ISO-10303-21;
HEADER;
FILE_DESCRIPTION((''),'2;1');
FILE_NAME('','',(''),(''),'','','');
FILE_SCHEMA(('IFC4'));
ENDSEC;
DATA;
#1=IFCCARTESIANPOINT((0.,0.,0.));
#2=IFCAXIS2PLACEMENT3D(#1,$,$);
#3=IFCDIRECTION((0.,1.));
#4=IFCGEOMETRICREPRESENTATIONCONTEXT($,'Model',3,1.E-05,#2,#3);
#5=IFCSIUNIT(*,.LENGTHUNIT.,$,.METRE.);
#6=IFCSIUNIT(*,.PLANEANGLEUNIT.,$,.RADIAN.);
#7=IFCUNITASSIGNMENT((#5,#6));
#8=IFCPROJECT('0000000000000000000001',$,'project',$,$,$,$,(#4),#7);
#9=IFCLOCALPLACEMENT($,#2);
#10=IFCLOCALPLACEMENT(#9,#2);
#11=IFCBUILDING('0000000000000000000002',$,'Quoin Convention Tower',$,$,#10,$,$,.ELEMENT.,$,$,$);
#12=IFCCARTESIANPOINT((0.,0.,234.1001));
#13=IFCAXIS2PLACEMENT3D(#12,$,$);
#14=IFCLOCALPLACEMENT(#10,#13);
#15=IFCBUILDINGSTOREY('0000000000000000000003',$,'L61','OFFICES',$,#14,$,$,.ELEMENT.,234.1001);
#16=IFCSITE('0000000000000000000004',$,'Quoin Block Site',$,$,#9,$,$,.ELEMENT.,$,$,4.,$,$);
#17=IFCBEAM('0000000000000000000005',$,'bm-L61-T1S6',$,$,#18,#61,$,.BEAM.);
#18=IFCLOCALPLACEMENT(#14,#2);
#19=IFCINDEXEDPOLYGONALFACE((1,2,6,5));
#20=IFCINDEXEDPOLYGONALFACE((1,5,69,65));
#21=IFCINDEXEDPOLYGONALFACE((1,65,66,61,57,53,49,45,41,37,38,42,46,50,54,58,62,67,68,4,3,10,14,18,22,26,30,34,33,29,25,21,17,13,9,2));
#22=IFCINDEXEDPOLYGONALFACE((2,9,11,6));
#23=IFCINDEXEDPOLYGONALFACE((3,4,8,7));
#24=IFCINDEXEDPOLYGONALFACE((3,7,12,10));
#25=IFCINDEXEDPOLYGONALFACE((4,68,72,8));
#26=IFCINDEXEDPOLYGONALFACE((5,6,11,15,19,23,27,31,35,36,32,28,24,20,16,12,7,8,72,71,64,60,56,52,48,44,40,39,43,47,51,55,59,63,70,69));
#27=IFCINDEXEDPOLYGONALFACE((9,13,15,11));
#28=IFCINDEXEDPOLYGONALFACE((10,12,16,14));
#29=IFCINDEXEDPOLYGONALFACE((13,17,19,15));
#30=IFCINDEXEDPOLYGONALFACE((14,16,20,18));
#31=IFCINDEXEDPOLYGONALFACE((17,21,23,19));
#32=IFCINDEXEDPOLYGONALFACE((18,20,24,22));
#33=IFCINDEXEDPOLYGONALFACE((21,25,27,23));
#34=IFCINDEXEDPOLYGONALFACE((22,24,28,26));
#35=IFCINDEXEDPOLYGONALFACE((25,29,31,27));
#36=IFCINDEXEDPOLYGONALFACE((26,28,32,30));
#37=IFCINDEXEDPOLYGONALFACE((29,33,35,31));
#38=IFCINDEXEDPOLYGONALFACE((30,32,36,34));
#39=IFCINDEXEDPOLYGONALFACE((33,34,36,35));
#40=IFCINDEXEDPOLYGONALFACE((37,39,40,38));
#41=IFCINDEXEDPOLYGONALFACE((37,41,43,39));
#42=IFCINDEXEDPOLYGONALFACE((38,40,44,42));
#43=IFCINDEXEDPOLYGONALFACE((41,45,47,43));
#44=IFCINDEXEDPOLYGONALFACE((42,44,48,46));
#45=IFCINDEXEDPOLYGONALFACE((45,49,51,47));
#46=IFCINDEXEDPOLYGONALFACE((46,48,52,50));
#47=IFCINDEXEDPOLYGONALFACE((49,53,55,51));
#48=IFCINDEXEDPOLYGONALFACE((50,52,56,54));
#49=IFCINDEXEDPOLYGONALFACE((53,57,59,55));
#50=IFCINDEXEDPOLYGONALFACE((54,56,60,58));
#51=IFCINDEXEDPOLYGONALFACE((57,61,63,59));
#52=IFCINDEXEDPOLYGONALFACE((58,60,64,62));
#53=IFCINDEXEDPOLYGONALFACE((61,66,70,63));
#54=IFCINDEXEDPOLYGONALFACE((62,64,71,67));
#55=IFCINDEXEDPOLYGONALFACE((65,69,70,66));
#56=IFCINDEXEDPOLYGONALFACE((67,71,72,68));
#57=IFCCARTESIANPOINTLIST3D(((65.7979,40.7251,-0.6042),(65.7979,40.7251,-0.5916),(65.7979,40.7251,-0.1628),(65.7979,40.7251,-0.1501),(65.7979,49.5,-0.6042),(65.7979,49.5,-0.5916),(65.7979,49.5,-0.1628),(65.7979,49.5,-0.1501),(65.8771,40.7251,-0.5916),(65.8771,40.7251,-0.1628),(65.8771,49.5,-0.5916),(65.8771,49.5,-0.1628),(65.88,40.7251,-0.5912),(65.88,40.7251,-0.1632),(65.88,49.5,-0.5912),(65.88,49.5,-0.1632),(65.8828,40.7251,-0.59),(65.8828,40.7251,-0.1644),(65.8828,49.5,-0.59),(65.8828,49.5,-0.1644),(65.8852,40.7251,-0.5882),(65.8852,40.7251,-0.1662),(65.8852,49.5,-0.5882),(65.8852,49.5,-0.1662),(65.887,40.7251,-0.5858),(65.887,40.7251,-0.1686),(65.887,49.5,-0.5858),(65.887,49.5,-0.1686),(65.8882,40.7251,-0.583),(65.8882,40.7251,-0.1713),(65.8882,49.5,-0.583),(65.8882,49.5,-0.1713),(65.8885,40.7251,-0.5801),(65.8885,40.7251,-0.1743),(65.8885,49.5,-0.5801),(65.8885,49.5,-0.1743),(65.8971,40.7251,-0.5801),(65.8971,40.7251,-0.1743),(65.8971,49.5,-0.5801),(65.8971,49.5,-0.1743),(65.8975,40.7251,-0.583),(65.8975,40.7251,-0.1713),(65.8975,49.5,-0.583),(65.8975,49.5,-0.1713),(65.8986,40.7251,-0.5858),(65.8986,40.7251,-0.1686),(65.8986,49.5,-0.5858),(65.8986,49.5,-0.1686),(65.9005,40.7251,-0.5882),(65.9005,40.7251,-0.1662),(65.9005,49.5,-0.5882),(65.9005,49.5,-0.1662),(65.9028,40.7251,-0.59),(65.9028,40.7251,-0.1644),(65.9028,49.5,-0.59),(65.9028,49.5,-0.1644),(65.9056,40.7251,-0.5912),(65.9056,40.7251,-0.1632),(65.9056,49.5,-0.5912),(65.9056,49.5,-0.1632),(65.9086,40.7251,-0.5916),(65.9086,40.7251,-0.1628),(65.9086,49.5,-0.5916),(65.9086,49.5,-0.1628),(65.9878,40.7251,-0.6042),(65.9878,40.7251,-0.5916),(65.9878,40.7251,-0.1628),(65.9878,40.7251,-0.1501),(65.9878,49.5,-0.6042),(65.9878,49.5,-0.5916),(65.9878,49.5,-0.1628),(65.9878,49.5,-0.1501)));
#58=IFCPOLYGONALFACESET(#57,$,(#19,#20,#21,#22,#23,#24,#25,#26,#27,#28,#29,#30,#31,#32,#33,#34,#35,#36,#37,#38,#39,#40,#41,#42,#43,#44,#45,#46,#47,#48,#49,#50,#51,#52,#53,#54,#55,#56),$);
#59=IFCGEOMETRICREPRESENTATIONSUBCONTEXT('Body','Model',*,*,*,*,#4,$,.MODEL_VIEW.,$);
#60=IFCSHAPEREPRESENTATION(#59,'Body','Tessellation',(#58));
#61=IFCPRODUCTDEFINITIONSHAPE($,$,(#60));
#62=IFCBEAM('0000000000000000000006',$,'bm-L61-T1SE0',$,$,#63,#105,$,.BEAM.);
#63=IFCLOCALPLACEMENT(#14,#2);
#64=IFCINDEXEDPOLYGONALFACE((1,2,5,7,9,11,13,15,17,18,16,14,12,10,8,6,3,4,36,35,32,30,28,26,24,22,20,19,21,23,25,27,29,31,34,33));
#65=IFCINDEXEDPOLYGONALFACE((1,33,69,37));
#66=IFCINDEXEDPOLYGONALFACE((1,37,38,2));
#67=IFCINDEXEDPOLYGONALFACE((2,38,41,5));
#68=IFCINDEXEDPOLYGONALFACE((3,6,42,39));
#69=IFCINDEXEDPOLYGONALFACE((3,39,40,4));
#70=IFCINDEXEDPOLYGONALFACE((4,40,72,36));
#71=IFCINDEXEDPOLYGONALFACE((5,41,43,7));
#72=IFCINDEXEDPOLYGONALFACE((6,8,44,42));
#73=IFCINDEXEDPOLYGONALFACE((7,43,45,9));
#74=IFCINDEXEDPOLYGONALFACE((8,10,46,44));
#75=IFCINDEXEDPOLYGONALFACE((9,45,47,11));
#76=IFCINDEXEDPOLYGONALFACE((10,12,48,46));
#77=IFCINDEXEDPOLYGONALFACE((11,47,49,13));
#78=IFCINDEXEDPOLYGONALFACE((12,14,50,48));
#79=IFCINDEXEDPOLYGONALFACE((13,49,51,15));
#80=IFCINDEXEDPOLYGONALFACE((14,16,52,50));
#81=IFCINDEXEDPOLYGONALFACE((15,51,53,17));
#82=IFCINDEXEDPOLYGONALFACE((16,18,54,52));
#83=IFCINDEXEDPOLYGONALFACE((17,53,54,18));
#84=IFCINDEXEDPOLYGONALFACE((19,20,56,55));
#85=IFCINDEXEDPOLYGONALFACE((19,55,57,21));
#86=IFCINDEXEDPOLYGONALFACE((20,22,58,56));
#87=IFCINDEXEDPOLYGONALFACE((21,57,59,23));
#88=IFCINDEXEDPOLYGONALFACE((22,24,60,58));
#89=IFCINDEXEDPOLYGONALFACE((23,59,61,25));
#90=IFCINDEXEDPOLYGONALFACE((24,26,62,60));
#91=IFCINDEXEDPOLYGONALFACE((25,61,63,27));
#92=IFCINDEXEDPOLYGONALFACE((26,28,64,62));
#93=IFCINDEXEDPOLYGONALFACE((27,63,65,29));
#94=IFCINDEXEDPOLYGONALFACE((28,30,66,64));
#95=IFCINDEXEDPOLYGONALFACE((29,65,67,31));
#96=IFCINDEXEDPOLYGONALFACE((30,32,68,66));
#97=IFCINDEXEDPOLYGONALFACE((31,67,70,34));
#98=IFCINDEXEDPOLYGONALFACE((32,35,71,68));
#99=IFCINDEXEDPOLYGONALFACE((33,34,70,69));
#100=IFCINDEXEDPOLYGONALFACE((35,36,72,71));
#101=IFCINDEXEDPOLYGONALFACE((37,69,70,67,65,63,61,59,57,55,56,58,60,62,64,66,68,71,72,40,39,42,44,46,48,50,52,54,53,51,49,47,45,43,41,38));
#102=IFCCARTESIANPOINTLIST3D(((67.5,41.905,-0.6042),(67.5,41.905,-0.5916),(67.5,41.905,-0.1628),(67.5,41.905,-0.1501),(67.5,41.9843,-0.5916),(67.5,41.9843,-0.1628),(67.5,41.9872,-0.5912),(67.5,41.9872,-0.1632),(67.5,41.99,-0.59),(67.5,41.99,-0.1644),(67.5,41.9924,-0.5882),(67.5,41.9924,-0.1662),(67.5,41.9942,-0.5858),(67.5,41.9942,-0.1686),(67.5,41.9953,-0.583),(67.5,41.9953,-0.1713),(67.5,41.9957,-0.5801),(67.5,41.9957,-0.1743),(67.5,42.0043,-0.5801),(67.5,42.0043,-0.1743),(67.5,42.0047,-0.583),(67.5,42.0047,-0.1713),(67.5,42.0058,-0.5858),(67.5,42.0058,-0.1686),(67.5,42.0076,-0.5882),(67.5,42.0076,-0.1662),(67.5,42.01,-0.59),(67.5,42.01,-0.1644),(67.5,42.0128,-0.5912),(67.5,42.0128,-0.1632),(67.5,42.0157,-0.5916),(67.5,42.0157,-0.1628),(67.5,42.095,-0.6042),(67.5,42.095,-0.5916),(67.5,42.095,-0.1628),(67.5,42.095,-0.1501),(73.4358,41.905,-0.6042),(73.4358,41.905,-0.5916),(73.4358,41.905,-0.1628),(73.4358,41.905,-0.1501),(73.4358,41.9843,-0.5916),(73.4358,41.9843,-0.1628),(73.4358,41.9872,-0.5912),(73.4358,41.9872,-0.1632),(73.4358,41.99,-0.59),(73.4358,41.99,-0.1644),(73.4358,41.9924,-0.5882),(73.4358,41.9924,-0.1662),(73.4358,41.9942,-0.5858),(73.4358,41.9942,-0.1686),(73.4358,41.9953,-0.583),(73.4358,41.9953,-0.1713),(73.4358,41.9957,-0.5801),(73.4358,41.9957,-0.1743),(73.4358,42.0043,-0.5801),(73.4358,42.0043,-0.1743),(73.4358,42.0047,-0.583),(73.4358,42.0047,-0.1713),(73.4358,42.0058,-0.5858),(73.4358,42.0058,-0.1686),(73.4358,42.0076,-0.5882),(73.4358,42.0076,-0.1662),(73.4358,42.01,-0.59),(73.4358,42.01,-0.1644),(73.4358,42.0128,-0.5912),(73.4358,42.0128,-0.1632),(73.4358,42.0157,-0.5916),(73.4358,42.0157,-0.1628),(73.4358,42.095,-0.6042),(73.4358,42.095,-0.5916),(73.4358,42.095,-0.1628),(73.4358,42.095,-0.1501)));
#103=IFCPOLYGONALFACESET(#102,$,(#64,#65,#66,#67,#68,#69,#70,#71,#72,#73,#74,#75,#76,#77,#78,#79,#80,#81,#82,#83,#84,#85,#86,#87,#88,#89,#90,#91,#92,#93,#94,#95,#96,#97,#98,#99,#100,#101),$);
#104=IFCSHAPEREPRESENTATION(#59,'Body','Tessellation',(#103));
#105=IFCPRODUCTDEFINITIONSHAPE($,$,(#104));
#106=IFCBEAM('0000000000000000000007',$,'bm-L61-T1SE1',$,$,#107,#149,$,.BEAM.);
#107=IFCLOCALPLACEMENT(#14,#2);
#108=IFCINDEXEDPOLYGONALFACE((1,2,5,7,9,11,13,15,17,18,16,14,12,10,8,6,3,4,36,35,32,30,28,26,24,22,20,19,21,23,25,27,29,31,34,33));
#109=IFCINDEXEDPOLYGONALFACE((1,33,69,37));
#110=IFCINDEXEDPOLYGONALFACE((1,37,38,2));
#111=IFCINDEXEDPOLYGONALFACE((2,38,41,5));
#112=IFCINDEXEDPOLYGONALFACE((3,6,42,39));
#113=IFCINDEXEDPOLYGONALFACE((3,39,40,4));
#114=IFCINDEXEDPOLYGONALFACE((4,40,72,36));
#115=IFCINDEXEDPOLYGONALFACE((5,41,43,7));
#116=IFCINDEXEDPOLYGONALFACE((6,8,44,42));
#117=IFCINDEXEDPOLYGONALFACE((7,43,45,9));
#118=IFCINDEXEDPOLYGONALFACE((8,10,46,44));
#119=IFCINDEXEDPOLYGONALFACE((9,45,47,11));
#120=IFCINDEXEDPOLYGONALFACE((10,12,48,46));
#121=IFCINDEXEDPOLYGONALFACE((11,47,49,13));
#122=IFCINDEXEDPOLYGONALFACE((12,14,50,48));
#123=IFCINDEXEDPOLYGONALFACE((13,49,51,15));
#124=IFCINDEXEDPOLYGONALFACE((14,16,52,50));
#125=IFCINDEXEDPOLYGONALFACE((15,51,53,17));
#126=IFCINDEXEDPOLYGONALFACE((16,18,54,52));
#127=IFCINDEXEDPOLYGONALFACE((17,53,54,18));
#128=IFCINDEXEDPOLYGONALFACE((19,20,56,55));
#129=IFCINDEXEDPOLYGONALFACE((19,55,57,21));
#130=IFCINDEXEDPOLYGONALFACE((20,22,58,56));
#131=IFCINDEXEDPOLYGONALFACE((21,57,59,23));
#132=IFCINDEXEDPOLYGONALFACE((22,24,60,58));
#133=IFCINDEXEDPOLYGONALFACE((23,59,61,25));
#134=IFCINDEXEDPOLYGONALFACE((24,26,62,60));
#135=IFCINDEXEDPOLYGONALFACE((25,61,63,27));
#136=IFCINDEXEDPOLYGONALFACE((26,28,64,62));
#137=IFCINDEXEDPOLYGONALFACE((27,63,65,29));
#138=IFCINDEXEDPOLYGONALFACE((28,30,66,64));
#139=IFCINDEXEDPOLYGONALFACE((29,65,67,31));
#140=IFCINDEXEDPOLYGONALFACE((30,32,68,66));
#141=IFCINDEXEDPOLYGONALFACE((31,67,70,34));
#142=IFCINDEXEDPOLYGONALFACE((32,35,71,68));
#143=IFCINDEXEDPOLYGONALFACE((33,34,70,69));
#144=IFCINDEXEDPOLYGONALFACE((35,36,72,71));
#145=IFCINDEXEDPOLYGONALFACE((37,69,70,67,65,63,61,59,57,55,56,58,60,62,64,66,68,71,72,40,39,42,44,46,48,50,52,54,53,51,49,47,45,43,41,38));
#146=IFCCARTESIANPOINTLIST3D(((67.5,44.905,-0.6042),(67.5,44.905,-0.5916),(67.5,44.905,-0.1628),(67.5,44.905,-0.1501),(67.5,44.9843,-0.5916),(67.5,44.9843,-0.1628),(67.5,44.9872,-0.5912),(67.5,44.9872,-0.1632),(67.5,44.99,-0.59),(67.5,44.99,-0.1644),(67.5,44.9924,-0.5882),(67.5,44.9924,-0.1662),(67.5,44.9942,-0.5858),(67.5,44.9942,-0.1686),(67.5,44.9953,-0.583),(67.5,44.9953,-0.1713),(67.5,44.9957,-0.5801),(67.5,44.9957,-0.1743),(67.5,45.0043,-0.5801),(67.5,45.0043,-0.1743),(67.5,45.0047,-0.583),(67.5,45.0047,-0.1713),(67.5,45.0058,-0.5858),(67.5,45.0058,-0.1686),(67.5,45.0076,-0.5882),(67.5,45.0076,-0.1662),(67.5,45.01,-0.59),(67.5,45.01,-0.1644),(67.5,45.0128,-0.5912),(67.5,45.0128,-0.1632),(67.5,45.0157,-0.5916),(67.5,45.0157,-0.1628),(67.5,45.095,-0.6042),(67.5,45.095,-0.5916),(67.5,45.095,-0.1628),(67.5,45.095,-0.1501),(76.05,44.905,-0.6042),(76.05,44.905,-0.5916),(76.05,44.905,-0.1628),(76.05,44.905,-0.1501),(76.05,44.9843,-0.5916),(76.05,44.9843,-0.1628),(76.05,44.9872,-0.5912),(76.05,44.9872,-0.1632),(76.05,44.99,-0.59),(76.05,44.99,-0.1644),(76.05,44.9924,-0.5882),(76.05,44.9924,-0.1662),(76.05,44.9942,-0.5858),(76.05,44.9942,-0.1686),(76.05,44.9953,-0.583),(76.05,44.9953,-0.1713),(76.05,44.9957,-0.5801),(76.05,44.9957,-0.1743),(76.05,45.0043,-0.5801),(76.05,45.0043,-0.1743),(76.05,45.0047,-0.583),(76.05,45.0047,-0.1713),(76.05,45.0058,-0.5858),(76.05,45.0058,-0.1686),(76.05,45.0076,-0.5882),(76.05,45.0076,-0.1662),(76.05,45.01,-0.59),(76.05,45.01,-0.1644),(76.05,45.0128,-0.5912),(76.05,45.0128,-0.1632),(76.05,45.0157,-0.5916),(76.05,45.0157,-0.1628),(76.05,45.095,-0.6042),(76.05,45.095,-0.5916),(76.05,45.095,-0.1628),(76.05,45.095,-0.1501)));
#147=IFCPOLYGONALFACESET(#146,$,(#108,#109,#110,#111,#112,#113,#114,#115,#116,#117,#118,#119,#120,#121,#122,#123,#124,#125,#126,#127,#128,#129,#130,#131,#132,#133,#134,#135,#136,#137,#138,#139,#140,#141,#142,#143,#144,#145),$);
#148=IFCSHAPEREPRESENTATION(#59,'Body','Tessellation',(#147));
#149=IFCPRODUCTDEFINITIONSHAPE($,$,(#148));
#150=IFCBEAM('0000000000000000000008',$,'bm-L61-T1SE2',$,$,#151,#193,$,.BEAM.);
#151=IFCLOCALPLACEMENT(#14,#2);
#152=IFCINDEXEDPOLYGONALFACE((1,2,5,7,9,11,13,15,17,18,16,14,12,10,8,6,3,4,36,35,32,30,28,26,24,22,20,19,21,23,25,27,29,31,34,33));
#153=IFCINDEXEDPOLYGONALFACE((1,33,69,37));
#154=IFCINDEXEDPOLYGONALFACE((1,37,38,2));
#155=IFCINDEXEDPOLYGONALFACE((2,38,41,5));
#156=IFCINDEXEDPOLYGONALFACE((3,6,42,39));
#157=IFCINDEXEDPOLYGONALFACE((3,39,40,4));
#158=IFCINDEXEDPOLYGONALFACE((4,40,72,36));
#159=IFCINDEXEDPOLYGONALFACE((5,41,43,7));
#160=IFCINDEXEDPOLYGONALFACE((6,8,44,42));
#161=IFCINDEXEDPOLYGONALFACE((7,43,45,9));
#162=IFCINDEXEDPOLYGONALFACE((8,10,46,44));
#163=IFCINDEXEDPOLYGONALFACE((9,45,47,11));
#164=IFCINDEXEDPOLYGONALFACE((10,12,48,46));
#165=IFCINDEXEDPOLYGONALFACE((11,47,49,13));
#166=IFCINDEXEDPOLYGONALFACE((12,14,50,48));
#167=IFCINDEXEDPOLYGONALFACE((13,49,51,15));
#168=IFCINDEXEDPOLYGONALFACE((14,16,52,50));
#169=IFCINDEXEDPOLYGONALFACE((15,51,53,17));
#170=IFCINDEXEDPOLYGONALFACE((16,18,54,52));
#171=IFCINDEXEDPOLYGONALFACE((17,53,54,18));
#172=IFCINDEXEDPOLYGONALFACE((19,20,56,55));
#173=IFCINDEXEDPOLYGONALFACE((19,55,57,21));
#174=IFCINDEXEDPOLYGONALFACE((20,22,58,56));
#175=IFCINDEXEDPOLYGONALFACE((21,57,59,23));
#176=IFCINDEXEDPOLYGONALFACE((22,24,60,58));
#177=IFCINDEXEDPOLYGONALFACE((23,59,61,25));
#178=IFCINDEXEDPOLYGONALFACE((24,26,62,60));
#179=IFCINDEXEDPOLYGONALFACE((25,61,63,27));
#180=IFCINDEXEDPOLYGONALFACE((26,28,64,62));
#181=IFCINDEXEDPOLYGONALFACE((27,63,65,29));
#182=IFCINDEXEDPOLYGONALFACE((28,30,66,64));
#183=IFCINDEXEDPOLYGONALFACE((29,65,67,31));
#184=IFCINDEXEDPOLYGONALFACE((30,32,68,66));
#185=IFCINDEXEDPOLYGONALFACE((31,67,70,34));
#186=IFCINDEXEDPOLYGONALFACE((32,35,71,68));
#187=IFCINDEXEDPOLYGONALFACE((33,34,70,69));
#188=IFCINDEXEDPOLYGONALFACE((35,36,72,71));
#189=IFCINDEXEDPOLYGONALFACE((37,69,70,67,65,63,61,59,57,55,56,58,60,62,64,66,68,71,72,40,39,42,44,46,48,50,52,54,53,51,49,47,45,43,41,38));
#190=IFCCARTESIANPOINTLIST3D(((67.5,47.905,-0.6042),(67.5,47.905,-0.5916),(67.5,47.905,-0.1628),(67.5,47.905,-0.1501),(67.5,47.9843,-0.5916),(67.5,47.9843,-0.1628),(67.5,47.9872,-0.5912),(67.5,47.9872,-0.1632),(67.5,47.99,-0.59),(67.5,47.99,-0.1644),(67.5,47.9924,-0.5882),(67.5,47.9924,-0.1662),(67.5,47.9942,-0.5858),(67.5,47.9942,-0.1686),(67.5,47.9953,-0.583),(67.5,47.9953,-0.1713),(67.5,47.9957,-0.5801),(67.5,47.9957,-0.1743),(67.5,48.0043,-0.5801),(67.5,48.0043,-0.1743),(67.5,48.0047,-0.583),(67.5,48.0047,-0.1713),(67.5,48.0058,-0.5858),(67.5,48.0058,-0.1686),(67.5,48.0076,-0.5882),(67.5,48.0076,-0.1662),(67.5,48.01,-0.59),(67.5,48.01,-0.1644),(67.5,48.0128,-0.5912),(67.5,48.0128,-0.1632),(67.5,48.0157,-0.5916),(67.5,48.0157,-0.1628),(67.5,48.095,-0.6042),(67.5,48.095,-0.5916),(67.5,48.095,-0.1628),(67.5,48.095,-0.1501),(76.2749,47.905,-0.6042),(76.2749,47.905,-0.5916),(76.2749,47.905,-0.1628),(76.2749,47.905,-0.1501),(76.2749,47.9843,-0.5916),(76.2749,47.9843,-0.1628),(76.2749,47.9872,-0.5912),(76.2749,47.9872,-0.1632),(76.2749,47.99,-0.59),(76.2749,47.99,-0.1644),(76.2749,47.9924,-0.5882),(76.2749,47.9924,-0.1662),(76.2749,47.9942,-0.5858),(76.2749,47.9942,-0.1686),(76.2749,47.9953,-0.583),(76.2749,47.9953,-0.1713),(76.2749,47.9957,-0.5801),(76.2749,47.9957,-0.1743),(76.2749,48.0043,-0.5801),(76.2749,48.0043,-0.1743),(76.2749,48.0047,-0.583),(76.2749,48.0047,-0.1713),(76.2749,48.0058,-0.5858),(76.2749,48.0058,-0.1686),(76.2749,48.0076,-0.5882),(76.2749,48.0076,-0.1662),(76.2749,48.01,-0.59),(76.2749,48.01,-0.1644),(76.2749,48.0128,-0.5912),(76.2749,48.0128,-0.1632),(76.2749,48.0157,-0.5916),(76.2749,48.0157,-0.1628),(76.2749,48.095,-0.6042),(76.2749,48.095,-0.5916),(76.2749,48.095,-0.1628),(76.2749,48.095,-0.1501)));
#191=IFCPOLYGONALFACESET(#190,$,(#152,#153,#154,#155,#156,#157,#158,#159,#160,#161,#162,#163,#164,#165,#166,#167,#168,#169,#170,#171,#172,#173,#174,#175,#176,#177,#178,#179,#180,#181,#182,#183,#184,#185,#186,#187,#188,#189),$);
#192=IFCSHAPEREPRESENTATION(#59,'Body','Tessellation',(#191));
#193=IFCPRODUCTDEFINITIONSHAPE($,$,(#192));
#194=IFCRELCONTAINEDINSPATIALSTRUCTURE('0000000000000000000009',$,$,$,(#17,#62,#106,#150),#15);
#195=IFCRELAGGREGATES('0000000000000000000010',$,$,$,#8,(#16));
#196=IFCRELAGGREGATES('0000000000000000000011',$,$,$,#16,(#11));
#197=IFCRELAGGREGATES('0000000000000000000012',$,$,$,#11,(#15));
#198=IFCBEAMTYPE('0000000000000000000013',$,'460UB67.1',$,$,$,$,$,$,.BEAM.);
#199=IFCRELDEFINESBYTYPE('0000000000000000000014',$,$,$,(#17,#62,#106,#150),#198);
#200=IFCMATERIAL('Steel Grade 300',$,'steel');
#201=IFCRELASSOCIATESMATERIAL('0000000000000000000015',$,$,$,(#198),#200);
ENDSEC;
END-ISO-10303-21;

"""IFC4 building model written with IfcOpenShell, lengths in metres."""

from ifc_helpers import new_model, si_unit, direction, frame, origin, origin_2d, place, context, subcontext, project, spatial, i_section, extrude, material, material_profile, profile_set, type_object, element, save


model = new_model("IFC4")

# Units and contexts
model_context = context("Model", 3, precision=1e-05, world=origin(), true_north=direction((0.0, 1.0)))
body_context = subcontext(model_context, "Body", "Model", "MODEL_VIEW")
ifc_project = project(units=[si_unit("LENGTHUNIT", "METRE"), si_unit("PLANEANGLEUNIT", "RADIAN")], contexts=[model_context])

# Site, building, storey
site_placement = place(None, origin())
site = spatial("IfcSite", under=ifc_project, at=site_placement, Name="Quoin Block Site", CompositionType="ELEMENT", RefElevation=4.0)
building_placement = place(site_placement, origin())
building = spatial("IfcBuilding", under=site, at=building_placement, Name="Quoin Convention Tower", CompositionType="ELEMENT")
storey_placement = place(building_placement, frame((0.0, 0.0, 234.1001)))
storey = spatial("IfcBuildingStorey", under=building, at=storey_placement, Name="L61", Description="OFFICES", CompositionType="ELEMENT", Elevation=234.1001)

# Beams
ifc_material_1 = material(Name="Steel Grade 300", Category="steel")
ifc_material_profile_1 = material_profile(ifc_material_1, i_section(OverallWidth=0.1899, OverallDepth=0.4541, WebThickness=0.0085, FlangeThickness=0.0127, FilletRadius=0.0115, at=origin_2d()), Name="460UB67.1")
ifc_profile_set_1 = profile_set([ifc_material_profile_1], Name="Steel Grade 300")
beam_type_1 = type_object("IfcBeamType", Name="460UB67.1", PredefinedType="BEAM", material=ifc_profile_set_1)
beam_1_placement = place(storey_placement, frame((65.8928, 40.7251, -0.3772), z_axis=(0.0, 1.0, 0.0), x_axis=(-1.0, 0.0, 0.0)))
element("IfcBeam", 1, at=beam_1_placement, inside=storey, type_object=beam_type_1, Name="bm-L61-T1S6", PredefinedType="BEAM", context=body_context, shape_type="SweptSolid", body=[
    extrude(i_section(OverallWidth=0.1899, OverallDepth=0.4541, WebThickness=0.0085, FlangeThickness=0.0127, FilletRadius=0.0115, at=origin_2d()), origin(), (0.0, 0.0, 1.0), 8.7749),
])
beam_2_placement = place(storey_placement, frame((67.5, 42.0, -0.3772), z_axis=(1.0, 0.0, 0.0), x_axis=(0.0, 1.0, 0.0)))
element("IfcBeam", 2, at=beam_2_placement, inside=storey, type_object=beam_type_1, Name="bm-L61-T1SE0", PredefinedType="BEAM", context=body_context, shape_type="SweptSolid", body=[
    extrude(i_section(OverallWidth=0.1899, OverallDepth=0.4541, WebThickness=0.0085, FlangeThickness=0.0127, FilletRadius=0.0115, at=origin_2d()), origin(), (0.0, 0.0, 1.0), 5.9358),
])
beam_3_placement = place(storey_placement, frame((67.5, 45.0, -0.3772), z_axis=(1.0, 0.0, 0.0), x_axis=(0.0, 1.0, 0.0)))
element("IfcBeam", 3, at=beam_3_placement, inside=storey, type_object=beam_type_1, Name="bm-L61-T1SE1", PredefinedType="BEAM", context=body_context, shape_type="SweptSolid", body=[
    extrude(i_section(OverallWidth=0.1899, OverallDepth=0.4541, WebThickness=0.0085, FlangeThickness=0.0127, FilletRadius=0.0115, at=origin_2d()), origin(), (0.0, 0.0, 1.0), 8.55),
])
beam_4_placement = place(storey_placement, frame((67.5, 48.0, -0.3772), z_axis=(1.0, 0.0, 0.0), x_axis=(0.0, 1.0, 0.0)))
element("IfcBeam", 4, at=beam_4_placement, inside=storey, type_object=beam_type_1, Name="bm-L61-T1SE2", PredefinedType="BEAM", context=body_context, shape_type="SweptSolid", body=[
    extrude(i_section(OverallWidth=0.1899, OverallDepth=0.4541, WebThickness=0.0085, FlangeThickness=0.0127, FilletRadius=0.0115, at=origin_2d()), origin(), (0.0, 0.0, 1.0), 8.7749),
])

save(model, "model.ifc")
